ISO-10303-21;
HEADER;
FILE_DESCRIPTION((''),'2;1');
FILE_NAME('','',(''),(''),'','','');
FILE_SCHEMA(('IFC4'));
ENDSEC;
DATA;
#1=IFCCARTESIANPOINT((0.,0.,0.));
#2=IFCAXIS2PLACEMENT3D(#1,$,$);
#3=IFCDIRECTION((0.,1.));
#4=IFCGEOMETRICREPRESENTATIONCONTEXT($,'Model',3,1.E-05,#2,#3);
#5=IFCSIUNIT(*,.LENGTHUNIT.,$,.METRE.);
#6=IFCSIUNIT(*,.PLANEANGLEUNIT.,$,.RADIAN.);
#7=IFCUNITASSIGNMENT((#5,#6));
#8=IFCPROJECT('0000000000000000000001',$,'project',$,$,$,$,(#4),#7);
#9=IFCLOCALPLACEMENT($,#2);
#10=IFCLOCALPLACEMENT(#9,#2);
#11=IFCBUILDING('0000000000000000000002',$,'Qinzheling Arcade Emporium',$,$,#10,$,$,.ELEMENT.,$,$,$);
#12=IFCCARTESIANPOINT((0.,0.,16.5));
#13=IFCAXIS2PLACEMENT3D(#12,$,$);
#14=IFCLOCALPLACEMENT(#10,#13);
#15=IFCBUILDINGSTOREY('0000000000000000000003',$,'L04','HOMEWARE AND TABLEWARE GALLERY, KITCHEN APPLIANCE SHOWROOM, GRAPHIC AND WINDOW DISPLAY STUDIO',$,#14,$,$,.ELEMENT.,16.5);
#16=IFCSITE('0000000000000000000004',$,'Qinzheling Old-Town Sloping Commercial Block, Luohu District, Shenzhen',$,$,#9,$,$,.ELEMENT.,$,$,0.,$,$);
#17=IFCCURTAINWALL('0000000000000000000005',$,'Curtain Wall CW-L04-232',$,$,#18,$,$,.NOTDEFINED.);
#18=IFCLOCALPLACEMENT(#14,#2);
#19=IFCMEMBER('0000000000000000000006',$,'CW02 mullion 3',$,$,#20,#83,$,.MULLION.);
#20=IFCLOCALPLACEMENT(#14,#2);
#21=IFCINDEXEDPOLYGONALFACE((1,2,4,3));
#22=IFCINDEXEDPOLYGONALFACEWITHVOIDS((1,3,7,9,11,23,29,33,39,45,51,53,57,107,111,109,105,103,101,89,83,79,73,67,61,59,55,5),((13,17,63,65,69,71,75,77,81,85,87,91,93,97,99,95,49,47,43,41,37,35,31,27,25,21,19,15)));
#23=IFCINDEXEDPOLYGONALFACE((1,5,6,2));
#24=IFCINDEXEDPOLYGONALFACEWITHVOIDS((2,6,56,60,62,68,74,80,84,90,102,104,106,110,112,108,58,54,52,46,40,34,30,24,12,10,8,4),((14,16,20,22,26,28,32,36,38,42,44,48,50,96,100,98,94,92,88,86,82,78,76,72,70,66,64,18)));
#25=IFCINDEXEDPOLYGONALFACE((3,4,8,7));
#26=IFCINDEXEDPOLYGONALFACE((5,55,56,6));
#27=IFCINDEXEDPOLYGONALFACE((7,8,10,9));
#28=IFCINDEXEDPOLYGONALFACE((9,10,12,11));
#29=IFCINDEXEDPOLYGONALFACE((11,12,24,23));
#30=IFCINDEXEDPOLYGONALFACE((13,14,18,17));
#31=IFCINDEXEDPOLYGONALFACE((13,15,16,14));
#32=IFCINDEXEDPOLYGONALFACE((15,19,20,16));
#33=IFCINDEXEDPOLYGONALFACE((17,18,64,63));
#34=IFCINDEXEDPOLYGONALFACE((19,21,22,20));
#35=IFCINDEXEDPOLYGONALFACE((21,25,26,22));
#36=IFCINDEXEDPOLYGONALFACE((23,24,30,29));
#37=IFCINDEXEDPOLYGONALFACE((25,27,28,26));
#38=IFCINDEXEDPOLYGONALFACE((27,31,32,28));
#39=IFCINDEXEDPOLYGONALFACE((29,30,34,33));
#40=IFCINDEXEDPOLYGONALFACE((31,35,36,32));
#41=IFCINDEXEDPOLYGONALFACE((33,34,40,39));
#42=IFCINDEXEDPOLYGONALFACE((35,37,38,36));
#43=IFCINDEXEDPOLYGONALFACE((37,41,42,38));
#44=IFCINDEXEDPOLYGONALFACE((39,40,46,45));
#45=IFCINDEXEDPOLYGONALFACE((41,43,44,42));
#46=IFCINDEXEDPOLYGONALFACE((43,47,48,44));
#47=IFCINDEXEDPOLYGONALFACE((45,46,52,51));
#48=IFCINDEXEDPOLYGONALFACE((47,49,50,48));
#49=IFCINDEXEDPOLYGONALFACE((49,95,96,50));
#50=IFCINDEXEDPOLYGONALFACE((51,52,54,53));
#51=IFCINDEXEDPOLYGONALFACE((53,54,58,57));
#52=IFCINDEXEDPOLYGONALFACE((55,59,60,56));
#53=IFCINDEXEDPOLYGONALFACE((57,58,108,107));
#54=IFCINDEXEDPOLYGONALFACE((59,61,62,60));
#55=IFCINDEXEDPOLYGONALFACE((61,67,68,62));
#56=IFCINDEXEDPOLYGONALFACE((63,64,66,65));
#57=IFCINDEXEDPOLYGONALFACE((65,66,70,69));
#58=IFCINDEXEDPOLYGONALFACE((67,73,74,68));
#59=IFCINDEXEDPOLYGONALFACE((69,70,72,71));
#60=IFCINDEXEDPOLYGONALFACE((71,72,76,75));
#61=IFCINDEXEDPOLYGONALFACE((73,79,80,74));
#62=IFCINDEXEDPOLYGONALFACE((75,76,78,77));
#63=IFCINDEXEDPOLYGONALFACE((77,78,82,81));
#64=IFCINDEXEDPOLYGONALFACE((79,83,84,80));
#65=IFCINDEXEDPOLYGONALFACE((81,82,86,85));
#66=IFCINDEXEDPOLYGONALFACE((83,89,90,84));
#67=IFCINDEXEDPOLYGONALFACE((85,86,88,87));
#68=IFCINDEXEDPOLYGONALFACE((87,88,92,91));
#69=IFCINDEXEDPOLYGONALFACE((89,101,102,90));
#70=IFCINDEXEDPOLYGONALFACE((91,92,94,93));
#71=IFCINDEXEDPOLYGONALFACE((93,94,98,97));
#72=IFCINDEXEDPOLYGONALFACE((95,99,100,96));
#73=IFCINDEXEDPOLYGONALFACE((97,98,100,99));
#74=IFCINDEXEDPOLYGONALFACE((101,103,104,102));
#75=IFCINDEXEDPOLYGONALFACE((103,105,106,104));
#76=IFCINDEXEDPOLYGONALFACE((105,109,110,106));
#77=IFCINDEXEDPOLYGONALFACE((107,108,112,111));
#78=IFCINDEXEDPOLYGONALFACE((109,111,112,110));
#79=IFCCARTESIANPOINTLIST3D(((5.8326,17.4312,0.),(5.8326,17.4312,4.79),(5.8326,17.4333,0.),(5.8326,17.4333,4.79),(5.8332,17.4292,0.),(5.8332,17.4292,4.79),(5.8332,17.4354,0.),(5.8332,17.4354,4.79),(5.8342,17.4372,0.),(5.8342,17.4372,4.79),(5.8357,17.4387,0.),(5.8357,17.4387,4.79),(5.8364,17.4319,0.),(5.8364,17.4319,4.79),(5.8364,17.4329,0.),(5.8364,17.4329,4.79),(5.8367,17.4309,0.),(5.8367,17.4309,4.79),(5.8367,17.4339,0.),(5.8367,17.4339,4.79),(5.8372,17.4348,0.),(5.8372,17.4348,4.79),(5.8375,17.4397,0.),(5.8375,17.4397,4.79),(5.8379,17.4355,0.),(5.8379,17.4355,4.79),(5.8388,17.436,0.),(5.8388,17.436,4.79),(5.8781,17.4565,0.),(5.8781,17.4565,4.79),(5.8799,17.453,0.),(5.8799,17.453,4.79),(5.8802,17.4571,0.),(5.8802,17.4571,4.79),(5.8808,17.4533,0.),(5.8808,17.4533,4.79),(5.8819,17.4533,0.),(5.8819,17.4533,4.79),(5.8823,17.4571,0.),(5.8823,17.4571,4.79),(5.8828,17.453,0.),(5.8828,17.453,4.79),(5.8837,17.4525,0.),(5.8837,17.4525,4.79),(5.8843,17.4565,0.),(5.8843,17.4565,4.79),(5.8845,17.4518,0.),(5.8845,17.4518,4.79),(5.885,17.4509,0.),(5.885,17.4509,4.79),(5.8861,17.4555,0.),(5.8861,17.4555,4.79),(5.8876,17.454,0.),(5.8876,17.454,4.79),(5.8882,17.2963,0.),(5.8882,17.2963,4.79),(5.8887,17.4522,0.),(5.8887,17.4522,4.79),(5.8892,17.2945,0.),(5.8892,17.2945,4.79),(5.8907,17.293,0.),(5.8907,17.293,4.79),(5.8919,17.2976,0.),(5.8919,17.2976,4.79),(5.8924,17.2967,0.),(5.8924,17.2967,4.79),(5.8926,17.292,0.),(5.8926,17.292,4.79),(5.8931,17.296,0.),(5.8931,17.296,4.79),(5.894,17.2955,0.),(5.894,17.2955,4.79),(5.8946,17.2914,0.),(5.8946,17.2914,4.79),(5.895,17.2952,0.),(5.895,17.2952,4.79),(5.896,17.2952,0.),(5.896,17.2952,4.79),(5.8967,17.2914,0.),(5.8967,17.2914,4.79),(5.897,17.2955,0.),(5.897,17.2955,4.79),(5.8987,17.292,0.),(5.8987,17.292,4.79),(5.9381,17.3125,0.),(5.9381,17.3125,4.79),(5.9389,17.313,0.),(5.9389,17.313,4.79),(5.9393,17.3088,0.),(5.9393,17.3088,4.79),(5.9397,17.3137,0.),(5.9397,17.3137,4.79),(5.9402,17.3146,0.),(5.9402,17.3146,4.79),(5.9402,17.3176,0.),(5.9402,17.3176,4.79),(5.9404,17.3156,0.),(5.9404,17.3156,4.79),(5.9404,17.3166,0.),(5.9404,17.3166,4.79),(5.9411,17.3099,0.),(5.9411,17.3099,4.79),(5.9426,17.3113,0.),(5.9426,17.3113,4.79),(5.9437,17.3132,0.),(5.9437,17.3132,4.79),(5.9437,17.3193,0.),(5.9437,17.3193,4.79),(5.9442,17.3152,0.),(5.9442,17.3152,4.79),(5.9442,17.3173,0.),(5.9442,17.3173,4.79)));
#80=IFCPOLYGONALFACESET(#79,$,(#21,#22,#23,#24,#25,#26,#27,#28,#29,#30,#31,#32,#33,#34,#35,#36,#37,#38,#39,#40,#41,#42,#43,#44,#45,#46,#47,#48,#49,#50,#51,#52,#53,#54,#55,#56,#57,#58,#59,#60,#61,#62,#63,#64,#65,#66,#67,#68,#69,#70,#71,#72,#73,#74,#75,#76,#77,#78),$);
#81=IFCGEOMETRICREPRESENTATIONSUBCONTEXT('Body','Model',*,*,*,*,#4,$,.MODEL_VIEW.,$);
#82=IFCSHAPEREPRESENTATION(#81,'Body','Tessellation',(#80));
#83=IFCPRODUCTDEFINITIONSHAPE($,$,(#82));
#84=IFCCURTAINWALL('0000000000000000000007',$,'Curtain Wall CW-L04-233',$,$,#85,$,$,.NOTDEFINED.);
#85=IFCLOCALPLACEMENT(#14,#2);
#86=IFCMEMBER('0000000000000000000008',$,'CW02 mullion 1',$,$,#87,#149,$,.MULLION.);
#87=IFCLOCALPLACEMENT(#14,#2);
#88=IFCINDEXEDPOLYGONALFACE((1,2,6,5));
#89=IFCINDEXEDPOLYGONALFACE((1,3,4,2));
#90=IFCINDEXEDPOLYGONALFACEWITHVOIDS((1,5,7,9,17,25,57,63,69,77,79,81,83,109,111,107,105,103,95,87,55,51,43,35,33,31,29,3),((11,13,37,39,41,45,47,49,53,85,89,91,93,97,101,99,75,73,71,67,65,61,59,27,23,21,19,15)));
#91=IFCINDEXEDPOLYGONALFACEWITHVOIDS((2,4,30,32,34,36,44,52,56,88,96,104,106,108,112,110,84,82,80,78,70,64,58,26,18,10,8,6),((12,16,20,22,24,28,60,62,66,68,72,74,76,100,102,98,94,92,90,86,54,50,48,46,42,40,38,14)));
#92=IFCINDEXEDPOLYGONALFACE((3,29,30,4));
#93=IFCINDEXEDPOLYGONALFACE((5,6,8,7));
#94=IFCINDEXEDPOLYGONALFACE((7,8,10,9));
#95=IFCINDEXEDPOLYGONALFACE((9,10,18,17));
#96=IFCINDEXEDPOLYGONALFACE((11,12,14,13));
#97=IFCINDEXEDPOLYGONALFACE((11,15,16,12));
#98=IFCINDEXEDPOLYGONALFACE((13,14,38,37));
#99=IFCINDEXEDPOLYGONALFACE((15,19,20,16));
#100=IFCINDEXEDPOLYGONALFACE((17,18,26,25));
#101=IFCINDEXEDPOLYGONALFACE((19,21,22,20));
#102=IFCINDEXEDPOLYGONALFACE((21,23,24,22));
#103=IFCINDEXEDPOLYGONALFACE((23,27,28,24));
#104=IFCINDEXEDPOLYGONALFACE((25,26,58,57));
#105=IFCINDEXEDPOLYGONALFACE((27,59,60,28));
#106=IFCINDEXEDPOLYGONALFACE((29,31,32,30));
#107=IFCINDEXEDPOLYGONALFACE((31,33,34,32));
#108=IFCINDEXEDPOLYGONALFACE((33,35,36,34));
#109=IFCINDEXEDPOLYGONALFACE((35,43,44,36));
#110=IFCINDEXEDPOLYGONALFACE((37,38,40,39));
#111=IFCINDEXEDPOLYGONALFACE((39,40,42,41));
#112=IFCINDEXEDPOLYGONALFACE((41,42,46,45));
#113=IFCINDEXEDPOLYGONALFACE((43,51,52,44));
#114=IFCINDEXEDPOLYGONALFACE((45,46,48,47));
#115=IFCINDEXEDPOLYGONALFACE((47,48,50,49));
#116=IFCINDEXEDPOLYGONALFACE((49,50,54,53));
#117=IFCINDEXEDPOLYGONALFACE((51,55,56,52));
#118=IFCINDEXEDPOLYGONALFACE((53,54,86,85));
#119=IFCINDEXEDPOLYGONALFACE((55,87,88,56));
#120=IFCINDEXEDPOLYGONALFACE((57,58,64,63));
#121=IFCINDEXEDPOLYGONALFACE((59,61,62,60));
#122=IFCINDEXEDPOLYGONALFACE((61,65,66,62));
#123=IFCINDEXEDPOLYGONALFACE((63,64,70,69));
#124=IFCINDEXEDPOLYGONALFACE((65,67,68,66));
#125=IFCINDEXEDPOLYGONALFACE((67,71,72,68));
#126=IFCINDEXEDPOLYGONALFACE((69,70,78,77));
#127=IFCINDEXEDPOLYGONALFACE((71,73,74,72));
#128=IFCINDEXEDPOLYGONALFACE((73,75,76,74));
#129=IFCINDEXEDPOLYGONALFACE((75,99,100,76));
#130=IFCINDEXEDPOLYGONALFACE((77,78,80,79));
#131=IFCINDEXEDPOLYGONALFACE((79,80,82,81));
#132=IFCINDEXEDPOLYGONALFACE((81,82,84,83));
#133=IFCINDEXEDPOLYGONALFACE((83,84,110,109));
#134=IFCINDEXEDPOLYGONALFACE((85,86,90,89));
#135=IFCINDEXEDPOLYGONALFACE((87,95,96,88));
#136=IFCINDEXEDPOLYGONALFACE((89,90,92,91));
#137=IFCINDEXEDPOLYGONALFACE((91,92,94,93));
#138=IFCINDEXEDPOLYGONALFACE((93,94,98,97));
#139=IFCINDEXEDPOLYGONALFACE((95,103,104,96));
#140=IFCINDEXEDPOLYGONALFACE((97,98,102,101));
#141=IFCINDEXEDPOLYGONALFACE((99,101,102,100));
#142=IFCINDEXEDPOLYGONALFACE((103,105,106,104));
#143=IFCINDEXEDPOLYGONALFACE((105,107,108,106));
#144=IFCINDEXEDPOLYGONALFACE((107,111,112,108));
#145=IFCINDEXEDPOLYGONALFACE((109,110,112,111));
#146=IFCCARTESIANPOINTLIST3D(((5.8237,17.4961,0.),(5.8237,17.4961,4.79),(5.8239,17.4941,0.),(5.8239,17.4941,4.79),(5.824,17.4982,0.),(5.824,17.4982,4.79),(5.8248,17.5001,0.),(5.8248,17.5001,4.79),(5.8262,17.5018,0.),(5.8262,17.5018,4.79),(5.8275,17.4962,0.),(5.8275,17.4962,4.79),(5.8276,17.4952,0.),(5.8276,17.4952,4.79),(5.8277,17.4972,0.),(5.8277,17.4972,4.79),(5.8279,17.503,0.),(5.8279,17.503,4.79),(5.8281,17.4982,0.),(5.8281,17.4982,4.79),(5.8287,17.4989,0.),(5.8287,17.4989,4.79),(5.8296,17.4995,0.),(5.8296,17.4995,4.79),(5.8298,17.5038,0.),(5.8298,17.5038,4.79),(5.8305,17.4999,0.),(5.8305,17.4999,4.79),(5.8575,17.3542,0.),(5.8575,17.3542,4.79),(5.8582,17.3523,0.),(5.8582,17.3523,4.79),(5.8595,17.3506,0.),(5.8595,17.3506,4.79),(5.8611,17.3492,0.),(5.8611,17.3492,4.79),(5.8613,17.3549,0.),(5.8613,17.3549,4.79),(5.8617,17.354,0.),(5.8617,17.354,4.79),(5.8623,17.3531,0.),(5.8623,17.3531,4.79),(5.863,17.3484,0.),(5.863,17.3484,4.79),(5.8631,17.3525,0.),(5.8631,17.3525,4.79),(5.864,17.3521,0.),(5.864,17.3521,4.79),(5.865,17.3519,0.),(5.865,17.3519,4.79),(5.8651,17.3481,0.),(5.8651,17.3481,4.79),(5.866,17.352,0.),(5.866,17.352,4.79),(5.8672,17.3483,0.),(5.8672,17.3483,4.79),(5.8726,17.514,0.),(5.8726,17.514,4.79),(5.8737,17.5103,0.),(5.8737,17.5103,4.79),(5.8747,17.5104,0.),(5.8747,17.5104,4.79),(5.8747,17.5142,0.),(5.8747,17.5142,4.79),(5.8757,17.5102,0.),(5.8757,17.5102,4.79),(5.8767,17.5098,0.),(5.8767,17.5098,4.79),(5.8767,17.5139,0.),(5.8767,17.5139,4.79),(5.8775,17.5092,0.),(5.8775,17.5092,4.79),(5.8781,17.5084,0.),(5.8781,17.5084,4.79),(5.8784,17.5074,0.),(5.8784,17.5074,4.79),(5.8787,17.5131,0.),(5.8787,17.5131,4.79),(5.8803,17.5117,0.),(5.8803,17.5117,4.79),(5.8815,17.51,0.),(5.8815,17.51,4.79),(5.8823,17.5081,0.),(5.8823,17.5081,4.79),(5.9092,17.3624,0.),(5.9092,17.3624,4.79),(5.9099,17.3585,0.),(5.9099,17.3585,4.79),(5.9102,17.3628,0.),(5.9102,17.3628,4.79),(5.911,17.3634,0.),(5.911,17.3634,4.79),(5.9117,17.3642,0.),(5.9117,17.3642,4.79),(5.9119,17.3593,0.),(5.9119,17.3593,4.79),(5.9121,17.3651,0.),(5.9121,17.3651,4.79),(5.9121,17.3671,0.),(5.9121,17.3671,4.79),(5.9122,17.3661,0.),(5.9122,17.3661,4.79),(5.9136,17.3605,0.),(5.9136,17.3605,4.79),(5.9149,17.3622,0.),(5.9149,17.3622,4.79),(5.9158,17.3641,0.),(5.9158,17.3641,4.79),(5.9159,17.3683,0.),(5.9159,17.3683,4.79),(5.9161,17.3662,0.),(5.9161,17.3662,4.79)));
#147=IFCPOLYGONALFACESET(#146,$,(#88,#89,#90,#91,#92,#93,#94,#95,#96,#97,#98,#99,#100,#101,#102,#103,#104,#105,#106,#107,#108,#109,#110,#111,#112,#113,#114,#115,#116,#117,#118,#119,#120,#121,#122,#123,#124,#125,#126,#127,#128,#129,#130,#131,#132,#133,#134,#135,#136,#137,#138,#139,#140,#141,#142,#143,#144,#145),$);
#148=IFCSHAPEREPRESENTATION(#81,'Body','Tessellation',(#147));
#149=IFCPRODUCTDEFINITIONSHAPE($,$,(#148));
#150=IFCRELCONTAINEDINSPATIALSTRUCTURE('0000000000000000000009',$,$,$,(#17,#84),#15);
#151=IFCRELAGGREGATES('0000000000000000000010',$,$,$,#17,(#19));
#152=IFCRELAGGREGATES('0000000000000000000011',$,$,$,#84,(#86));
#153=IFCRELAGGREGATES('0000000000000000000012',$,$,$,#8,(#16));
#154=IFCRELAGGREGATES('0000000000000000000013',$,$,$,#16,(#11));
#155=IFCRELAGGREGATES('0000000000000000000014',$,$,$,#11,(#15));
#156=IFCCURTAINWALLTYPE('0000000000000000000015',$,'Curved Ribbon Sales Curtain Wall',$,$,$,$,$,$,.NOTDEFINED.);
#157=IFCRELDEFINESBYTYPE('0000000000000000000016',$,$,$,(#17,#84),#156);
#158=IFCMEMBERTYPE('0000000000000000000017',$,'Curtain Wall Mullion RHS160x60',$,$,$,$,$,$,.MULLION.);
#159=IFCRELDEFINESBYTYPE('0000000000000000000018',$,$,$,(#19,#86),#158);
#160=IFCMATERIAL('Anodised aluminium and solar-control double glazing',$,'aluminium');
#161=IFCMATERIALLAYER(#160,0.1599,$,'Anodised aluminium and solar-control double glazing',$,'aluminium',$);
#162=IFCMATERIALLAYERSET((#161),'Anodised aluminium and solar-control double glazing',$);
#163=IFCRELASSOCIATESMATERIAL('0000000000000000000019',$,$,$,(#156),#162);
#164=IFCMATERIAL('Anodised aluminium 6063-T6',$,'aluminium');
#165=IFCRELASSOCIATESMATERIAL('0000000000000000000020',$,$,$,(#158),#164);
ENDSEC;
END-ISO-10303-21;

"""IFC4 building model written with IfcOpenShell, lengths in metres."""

from ifc_helpers import new_model, si_unit, direction, frame, origin, origin_2d, place, context, subcontext, project, spatial, hollow_rectangle, extrude, material, layer, layer_set, material_profile, profile_set, type_object, element, aggregate, save


model = new_model("IFC4")

# Units and contexts
model_context = context("Model", 3, precision=1e-05, world=origin(), true_north=direction((0.0, 1.0)))
body_context = subcontext(model_context, "Body", "Model", "MODEL_VIEW")
ifc_project = project(units=[si_unit("LENGTHUNIT", "METRE"), si_unit("PLANEANGLEUNIT", "RADIAN")], contexts=[model_context])

# Site, building, storey
site_placement = place(None, origin())
site = spatial("IfcSite", under=ifc_project, at=site_placement, Name="Qinzheling Old-Town Sloping Commercial Block, Luohu District, Shenzhen", CompositionType="ELEMENT", RefElevation=0.0)
building_placement = place(site_placement, origin())
building = spatial("IfcBuilding", under=site, at=building_placement, Name="Qinzheling Arcade Emporium", CompositionType="ELEMENT")
storey_placement = place(building_placement, frame((0.0, 0.0, 16.5)))
storey = spatial("IfcBuildingStorey", under=building, at=storey_placement, Name="L04", Description="HOMEWARE AND TABLEWARE GALLERY, KITCHEN APPLIANCE SHOWROOM, GRAPHIC AND WINDOW DISPLAY STUDIO", CompositionType="ELEMENT", Elevation=16.5)

# Curtain wall, member
ifc_material_1 = material(Name="Anodised aluminium and solar-control double glazing", Category="aluminium")
ifc_layer_1 = layer(ifc_material_1, 0.1599, Name="Anodised aluminium and solar-control double glazing", Category="aluminium")
ifc_layer_set_1 = layer_set([ifc_layer_1], Name="Anodised aluminium and solar-control double glazing")
curtain_wall_type = type_object("IfcCurtainWallType", Name="Curved Ribbon Sales Curtain Wall", PredefinedType="NOTDEFINED", material=ifc_layer_set_1)
ifc_material_2 = material(Name="Anodised aluminium 6063-T6", Category="aluminium")
ifc_material_profile_1 = material_profile(ifc_material_2, hollow_rectangle(XDim=0.0601, YDim=0.1599, WallThickness=0.0039, InnerFilletRadius=0.0039, OuterFilletRadius=0.0081, at=origin_2d()), Name="RHS 160x60x4", Category="aluminium")
ifc_profile_set_1 = profile_set([ifc_material_profile_1], Name="Anodised aluminium 6063-T6")
member_type_1 = type_object("IfcMemberType", Name="Curtain Wall Mullion RHS160x60", PredefinedType="MULLION", material=ifc_profile_set_1)
curtain_wall_1_placement = place(storey_placement, origin())
curtain_wall_1 = element("IfcCurtainWall", 1, at=curtain_wall_1_placement, inside=storey, type_object=curtain_wall_type, Name="Curtain Wall CW-L04-232", PredefinedType="NOTDEFINED")
member_1_placement = place(storey_placement, frame((5.8884, 17.3743, 0.0), z_axis=(0.0, 0.0, 1.0), x_axis=(-0.923914, -0.382599, 0.0)))
member_1 = element("IfcMember", 2, at=member_1_placement, type_object=member_type_1, Name="CW02 mullion 3", PredefinedType="MULLION", context=body_context, shape_type="SweptSolid", body=[
    extrude(hollow_rectangle(XDim=0.0601, YDim=0.1599, WallThickness=0.0039, InnerFilletRadius=0.0039, OuterFilletRadius=0.0081, at=origin_2d()), origin(), (0.0, 0.0, 1.0), 4.79),
])

# Curtain wall, member
curtain_wall_2_placement = place(storey_placement, origin())
curtain_wall_2 = element("IfcCurtainWall", 3, at=curtain_wall_2_placement, inside=storey, type_object=curtain_wall_type, Name="Curtain Wall CW-L04-233", PredefinedType="NOTDEFINED")
member_2_placement = place(storey_placement, frame((5.8699, 17.4312, 0.0), z_axis=(0.0, 0.0, 1.0), x_axis=(-0.97235, -0.233526, 0.0)))
member_2 = element("IfcMember", 4, at=member_2_placement, type_object=member_type_1, Name="CW02 mullion 1", PredefinedType="MULLION", context=body_context, shape_type="SweptSolid", body=[
    extrude(hollow_rectangle(XDim=0.0601, YDim=0.1599, WallThickness=0.0039, InnerFilletRadius=0.0039, OuterFilletRadius=0.0081, at=origin_2d()), origin(), (0.0, 0.0, 1.0), 4.79),
])

aggregate(curtain_wall_1, [member_1])
aggregate(curtain_wall_2, [member_2])

save(model, "model.ifc")
